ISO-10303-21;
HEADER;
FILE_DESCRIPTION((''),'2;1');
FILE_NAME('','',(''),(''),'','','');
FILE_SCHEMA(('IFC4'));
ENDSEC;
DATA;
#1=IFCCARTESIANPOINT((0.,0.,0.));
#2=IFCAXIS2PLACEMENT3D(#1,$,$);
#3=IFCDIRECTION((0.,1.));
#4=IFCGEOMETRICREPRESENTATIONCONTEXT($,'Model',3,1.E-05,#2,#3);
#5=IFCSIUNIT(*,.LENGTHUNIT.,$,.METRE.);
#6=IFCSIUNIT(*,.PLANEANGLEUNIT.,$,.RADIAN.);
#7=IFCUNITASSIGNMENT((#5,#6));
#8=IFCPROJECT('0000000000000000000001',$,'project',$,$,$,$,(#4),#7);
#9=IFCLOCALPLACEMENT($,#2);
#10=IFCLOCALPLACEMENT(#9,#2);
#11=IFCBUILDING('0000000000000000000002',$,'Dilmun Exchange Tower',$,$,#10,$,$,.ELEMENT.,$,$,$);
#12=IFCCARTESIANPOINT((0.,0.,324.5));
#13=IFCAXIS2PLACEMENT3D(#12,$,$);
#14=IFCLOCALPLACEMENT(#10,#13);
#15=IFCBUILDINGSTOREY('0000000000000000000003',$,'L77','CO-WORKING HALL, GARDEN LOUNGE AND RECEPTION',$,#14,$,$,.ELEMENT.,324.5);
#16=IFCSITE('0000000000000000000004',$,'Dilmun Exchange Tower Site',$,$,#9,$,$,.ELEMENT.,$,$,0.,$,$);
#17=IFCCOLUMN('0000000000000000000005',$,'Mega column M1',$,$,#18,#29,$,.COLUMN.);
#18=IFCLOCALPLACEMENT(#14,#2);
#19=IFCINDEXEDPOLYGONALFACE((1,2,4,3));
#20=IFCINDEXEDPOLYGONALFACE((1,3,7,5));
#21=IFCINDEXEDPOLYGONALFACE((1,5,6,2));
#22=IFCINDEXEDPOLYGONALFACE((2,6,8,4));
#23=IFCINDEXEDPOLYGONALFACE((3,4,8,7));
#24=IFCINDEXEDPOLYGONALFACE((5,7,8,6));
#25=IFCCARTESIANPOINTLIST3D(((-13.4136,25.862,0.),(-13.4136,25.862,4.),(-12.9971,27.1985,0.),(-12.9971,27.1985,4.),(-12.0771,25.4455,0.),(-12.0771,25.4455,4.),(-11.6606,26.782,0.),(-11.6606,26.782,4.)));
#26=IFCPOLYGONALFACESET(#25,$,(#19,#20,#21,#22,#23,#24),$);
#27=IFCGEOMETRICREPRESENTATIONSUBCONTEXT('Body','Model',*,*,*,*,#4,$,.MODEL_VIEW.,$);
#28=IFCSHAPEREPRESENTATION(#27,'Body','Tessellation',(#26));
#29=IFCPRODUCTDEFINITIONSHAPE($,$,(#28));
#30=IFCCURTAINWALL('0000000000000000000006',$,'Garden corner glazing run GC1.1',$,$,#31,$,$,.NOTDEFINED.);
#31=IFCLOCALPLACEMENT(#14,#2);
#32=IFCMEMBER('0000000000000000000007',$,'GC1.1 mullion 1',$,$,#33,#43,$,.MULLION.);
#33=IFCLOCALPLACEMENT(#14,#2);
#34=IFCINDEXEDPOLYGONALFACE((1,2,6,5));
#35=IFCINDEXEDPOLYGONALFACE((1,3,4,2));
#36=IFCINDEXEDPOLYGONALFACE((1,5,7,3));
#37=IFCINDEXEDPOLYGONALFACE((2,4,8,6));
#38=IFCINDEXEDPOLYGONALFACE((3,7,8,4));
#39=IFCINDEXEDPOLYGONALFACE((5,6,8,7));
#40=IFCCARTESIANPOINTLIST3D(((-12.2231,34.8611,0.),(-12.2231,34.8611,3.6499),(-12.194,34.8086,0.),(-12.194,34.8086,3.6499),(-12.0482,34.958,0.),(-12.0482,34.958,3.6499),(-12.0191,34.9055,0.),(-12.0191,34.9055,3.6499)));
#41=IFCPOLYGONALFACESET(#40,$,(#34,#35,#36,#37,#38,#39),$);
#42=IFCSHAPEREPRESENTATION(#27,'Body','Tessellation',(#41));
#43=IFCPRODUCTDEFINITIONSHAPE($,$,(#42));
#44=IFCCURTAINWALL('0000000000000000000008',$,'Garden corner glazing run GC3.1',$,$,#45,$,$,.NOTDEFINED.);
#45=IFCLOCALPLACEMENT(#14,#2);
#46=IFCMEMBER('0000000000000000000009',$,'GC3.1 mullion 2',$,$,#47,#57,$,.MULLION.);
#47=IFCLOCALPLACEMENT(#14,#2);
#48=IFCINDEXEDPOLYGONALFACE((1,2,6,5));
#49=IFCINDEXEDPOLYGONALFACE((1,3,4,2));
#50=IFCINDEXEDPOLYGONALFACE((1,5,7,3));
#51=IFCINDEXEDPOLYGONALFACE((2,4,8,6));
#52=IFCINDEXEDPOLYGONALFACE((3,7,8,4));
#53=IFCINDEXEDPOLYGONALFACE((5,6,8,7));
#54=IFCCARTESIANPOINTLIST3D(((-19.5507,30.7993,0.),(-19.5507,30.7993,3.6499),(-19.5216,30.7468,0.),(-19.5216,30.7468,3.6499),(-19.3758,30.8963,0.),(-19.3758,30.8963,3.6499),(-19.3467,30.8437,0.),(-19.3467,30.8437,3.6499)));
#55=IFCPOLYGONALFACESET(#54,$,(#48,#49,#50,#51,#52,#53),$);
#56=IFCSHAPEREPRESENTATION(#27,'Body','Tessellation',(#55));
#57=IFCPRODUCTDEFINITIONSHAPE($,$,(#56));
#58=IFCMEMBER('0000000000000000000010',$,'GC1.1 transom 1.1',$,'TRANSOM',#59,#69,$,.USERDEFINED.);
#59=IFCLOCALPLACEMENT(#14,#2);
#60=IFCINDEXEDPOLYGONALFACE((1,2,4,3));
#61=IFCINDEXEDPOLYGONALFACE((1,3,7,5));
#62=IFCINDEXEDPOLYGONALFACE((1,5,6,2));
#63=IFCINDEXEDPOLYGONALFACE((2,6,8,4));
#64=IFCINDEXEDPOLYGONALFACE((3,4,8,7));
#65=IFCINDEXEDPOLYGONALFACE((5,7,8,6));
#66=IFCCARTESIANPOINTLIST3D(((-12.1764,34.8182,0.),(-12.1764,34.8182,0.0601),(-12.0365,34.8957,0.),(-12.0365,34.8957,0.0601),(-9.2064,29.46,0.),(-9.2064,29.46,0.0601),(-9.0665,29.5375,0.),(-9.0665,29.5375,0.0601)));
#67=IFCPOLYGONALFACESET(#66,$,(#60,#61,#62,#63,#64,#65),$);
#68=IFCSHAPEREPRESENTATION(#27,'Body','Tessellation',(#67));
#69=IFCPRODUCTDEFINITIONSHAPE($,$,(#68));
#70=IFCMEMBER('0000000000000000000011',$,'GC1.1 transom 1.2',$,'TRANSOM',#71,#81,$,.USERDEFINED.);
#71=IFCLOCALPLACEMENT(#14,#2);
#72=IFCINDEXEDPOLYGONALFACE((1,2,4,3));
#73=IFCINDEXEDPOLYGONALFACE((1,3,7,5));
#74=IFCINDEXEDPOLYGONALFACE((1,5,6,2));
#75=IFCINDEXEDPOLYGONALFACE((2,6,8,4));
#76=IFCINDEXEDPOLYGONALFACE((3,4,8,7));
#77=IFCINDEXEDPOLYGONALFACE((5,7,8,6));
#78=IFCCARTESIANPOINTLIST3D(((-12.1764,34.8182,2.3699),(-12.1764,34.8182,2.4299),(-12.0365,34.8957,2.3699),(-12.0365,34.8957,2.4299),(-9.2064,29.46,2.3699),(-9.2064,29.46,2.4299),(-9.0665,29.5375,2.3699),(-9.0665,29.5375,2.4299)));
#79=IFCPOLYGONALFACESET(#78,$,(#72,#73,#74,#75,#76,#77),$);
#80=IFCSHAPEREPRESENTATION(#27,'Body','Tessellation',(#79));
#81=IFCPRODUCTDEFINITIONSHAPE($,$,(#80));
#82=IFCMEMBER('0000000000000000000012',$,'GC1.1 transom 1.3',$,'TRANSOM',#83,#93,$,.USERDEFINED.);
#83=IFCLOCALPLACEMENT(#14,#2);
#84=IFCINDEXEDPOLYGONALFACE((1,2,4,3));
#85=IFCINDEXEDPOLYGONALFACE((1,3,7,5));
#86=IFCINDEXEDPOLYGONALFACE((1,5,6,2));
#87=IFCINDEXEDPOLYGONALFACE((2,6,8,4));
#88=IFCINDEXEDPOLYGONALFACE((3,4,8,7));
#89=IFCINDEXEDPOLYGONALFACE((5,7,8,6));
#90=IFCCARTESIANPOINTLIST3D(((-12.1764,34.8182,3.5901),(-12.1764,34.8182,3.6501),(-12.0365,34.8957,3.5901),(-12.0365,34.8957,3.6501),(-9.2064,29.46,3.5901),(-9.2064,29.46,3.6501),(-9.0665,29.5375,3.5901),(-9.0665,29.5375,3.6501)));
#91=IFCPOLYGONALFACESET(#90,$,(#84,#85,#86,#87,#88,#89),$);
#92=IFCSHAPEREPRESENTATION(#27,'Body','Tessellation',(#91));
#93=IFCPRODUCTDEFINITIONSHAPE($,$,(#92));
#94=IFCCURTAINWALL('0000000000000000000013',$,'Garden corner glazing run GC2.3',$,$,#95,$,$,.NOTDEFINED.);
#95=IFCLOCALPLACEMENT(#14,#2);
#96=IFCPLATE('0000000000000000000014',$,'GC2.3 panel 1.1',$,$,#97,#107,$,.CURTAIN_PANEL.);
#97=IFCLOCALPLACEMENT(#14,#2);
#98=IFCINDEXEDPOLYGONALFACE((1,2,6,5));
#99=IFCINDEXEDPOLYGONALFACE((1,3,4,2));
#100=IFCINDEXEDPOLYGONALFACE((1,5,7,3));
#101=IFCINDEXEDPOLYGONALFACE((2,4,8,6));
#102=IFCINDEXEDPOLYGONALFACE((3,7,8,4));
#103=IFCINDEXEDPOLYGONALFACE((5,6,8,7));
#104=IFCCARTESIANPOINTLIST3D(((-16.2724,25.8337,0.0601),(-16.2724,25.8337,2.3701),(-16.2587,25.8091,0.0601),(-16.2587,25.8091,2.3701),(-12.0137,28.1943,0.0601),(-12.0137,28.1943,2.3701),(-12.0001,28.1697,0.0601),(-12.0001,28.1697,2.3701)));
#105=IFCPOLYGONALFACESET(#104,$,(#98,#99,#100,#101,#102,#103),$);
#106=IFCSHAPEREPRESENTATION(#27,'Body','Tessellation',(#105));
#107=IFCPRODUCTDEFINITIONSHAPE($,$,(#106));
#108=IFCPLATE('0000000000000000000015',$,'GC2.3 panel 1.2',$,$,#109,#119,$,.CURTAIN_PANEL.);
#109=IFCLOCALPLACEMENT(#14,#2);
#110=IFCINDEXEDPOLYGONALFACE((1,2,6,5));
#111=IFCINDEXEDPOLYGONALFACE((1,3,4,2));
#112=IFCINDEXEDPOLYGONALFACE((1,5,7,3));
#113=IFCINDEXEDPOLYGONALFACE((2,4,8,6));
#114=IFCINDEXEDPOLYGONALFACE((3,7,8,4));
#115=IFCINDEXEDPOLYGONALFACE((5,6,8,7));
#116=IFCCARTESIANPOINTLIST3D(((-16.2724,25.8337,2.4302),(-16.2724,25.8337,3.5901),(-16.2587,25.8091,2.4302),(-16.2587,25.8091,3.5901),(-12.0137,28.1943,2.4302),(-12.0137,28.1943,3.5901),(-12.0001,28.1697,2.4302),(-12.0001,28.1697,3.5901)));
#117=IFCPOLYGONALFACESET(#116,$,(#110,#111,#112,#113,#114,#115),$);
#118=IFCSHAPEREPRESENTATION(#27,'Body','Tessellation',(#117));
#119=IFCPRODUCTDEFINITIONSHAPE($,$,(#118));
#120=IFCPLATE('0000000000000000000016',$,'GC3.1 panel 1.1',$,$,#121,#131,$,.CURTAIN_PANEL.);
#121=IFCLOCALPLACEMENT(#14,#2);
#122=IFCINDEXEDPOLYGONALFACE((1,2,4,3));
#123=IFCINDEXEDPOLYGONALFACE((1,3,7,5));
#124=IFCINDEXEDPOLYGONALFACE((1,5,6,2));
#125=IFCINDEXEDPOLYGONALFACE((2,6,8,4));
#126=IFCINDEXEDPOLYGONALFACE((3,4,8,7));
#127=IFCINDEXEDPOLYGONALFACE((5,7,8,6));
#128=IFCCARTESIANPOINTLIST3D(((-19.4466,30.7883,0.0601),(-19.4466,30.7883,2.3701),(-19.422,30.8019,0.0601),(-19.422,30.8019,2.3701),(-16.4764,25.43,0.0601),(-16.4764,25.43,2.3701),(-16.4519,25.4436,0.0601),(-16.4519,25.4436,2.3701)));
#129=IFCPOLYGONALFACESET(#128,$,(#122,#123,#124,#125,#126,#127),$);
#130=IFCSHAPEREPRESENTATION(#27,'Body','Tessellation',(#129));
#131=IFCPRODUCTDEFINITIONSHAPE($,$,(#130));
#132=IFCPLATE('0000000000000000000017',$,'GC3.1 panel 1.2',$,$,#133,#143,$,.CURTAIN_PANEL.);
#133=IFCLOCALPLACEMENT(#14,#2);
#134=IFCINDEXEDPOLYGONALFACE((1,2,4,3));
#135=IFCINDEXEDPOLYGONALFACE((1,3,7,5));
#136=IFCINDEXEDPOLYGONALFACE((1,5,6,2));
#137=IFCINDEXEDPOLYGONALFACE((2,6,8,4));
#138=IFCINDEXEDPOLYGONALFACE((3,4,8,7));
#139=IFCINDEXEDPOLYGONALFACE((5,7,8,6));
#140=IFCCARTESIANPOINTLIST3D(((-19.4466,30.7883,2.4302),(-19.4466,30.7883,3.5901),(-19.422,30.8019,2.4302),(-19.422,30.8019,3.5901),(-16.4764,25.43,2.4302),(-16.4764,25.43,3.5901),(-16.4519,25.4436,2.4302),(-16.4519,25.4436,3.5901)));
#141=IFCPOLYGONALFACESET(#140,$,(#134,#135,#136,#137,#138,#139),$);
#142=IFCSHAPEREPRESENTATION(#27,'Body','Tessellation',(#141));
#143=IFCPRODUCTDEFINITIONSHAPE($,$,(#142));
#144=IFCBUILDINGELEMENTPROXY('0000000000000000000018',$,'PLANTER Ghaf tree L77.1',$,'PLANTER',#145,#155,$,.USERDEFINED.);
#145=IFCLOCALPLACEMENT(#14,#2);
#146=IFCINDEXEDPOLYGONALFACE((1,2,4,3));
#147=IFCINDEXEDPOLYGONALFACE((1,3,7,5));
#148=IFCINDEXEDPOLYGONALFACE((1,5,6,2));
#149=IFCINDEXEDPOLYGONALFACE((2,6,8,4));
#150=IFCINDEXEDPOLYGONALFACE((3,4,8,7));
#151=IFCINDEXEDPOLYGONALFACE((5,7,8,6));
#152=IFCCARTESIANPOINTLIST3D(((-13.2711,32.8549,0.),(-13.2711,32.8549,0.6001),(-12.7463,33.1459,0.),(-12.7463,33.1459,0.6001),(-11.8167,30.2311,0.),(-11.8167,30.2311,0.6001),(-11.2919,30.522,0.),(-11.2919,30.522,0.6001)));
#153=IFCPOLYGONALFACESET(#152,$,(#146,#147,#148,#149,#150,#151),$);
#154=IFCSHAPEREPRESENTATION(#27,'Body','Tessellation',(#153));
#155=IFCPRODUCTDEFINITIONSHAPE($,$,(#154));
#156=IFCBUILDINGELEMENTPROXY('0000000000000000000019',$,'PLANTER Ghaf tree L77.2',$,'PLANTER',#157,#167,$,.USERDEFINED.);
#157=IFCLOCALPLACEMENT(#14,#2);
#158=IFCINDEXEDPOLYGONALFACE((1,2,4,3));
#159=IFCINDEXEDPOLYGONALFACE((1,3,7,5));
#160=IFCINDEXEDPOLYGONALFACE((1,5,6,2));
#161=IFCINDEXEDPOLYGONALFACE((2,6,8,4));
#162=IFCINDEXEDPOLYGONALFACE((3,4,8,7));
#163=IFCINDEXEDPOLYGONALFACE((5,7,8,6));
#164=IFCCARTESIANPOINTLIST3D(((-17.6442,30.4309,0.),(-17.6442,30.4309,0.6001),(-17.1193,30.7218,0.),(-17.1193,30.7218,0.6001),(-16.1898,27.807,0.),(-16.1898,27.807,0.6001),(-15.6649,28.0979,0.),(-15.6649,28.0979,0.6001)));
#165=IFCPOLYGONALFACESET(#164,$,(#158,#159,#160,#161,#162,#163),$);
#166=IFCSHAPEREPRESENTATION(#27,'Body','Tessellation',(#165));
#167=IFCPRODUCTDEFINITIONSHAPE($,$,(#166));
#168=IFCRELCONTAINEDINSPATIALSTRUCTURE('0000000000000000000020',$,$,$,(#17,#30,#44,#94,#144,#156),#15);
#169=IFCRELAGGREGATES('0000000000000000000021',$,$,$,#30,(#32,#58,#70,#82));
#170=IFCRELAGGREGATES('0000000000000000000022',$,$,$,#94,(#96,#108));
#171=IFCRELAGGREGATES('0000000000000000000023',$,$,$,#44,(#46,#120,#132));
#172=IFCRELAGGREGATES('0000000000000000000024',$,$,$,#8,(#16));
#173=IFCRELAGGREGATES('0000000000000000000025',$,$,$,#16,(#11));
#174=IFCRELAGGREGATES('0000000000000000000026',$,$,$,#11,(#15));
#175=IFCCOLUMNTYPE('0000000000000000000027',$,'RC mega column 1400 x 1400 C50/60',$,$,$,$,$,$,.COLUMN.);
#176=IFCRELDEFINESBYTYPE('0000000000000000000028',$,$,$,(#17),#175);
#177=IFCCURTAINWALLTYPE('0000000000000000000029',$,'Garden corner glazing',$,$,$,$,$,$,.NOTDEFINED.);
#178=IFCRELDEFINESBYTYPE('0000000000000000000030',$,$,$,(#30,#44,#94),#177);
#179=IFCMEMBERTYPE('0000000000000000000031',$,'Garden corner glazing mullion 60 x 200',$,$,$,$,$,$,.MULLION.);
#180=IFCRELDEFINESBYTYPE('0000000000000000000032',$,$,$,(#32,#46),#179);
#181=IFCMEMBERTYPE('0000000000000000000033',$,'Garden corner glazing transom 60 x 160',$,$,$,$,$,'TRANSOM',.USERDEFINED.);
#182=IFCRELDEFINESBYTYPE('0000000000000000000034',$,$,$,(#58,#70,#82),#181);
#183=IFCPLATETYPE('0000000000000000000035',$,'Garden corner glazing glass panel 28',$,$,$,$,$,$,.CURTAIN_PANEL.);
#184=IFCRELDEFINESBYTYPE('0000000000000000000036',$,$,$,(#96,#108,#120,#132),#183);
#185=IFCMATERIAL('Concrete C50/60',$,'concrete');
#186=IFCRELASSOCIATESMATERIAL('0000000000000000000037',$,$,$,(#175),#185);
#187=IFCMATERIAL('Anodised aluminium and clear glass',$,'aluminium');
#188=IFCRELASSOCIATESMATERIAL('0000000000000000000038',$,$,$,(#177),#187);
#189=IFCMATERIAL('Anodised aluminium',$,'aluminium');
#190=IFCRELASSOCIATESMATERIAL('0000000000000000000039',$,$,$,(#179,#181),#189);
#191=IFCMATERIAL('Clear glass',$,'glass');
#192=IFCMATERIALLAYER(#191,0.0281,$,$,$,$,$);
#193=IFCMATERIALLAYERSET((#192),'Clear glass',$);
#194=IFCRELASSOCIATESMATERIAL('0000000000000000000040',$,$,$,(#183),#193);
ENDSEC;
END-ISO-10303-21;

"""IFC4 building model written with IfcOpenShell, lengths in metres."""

from ifc_helpers import new_model, si_unit, direction, frame, origin, origin_2d, place, context, subcontext, project, spatial, rectangle, extrude, material, layer, layer_set, material_profile, profile_set, type_object, element, aggregate, save


model = new_model("IFC4")

# Units and contexts
model_context = context("Model", 3, precision=1e-05, world=origin(), true_north=direction((0.0, 1.0)))
body_context = subcontext(model_context, "Body", "Model", "MODEL_VIEW")
ifc_project = project(units=[si_unit("LENGTHUNIT", "METRE"), si_unit("PLANEANGLEUNIT", "RADIAN")], contexts=[model_context])

# Site, building, storey
site_placement = place(None, origin())
site = spatial("IfcSite", under=ifc_project, at=site_placement, Name="Dilmun Exchange Tower Site", CompositionType="ELEMENT", RefElevation=0.0)
building_placement = place(site_placement, origin())
building = spatial("IfcBuilding", under=site, at=building_placement, Name="Dilmun Exchange Tower", CompositionType="ELEMENT")
storey_placement = place(building_placement, frame((0.0, 0.0, 324.5)))
storey = spatial("IfcBuildingStorey", under=building, at=storey_placement, Name="L77", Description="CO-WORKING HALL, GARDEN LOUNGE AND RECEPTION", CompositionType="ELEMENT", Elevation=324.5)

# Column
ifc_material_1 = material(Name="Concrete C50/60", Category="concrete")
ifc_material_profile_1 = material_profile(ifc_material_1, rectangle(XDim=1.3999, YDim=1.3999, at=origin_2d()), Name="1400 x 1400")
ifc_profile_set_1 = profile_set([ifc_material_profile_1], Name="Concrete C50/60")
column_type = type_object("IfcColumnType", Name="RC mega column 1400 x 1400 C50/60", PredefinedType="COLUMN", material=ifc_profile_set_1)
column_placement = place(storey_placement, frame((-12.5371, 26.322, 0.0), z_axis=(0.0, 0.0, 1.0), x_axis=(0.297503, 0.954721, 0.0)))
element("IfcColumn", 1, at=column_placement, inside=storey, type_object=column_type, Name="Mega column M1", PredefinedType="COLUMN", context=body_context, shape_type="SweptSolid", body=[
    extrude(rectangle(XDim=1.3999, YDim=1.3999, at=origin_2d()), origin(), (0.0, 0.0, 1.0), 4.0),
])

# Curtain walls, members
ifc_material_2 = material(Name="Anodised aluminium and clear glass", Category="aluminium")
curtain_wall_type = type_object("IfcCurtainWallType", Name="Garden corner glazing", PredefinedType="NOTDEFINED", material=ifc_material_2)
curtain_wall_1_placement = place(storey_placement, origin())
curtain_wall_1 = element("IfcCurtainWall", 2, at=curtain_wall_1_placement, inside=storey, type_object=curtain_wall_type, Name="Garden corner glazing run GC1.1", PredefinedType="NOTDEFINED")
ifc_material_3 = material(Name="Anodised aluminium", Category="aluminium")
ifc_material_profile_2 = material_profile(ifc_material_3, rectangle(XDim=0.2, YDim=0.0601, at=origin_2d()), Name="AL 60x200")
ifc_profile_set_2 = profile_set([ifc_material_profile_2], Name="Anodised aluminium")
member_type_1 = type_object("IfcMemberType", Name="Garden corner glazing mullion 60 x 200", PredefinedType="MULLION", material=ifc_profile_set_2)
member_1_placement = place(storey_placement, frame((-12.1211, 34.8833, 0.0), z_axis=(0.0, 0.0, 1.0), x_axis=(0.874624, 0.484803, 0.0)))
member_1 = element("IfcMember", 3, at=member_1_placement, type_object=member_type_1, Name="GC1.1 mullion 1", PredefinedType="MULLION", context=body_context, shape_type="SweptSolid", body=[
    extrude(rectangle(XDim=0.2, YDim=0.0601, at=origin_2d()), origin(), (0.0, 0.0, 1.0), 3.6499),
])
curtain_wall_2_placement = place(storey_placement, origin())
curtain_wall_2 = element("IfcCurtainWall", 4, at=curtain_wall_2_placement, inside=storey, type_object=curtain_wall_type, Name="Garden corner glazing run GC3.1", PredefinedType="NOTDEFINED")
member_2_placement = place(storey_placement, frame((-19.4487, 30.8215, 0.0), z_axis=(0.0, 0.0, 1.0), x_axis=(-0.874624, -0.484803, 0.0)))
member_2 = element("IfcMember", 5, at=member_2_placement, type_object=member_type_1, Name="GC3.1 mullion 2", PredefinedType="MULLION", context=body_context, shape_type="SweptSolid", body=[
    extrude(rectangle(XDim=0.2, YDim=0.0601, at=origin_2d()), origin(), (0.0, 0.0, 1.0), 3.6499),
])

# Members
ifc_material_profile_3 = material_profile(ifc_material_3, rectangle(XDim=0.1599, YDim=0.0601, at=origin_2d()), Name="AL 60x160")
ifc_profile_set_3 = profile_set([ifc_material_profile_3], Name="Anodised aluminium")
member_type_2 = type_object("IfcMemberType", Name="Garden corner glazing transom 60 x 160", ElementType="TRANSOM", PredefinedType="USERDEFINED", material=ifc_profile_set_3)
member_3_placement = place(storey_placement, frame((-12.1064, 34.8569, 0.03), z_axis=(0.484797, -0.874627, 0.0), x_axis=(0.874627, 0.484797, 0.0)))
member_3 = element("IfcMember", 6, at=member_3_placement, type_object=member_type_2, Name="GC1.1 transom 1.1", ObjectType="TRANSOM", PredefinedType="USERDEFINED", context=body_context, shape_type="SweptSolid", body=[
    extrude(rectangle(XDim=0.1599, YDim=0.0601, at=origin_2d()), origin(), (0.0, 0.0, 1.0), 6.1262),
])
member_4_placement = place(storey_placement, frame((-12.1064, 34.8569, 2.3999), z_axis=(0.484797, -0.874627, 0.0), x_axis=(0.874627, 0.484797, 0.0)))
member_4 = element("IfcMember", 7, at=member_4_placement, type_object=member_type_2, Name="GC1.1 transom 1.2", ObjectType="TRANSOM", PredefinedType="USERDEFINED", context=body_context, shape_type="SweptSolid", body=[
    extrude(rectangle(XDim=0.1599, YDim=0.0601, at=origin_2d()), origin(), (0.0, 0.0, 1.0), 6.1262),
])
member_5_placement = place(storey_placement, frame((-12.1064, 34.8569, 3.6201), z_axis=(0.484797, -0.874627, 0.0), x_axis=(0.874627, 0.484797, 0.0)))
member_5 = element("IfcMember", 8, at=member_5_placement, type_object=member_type_2, Name="GC1.1 transom 1.3", ObjectType="TRANSOM", PredefinedType="USERDEFINED", context=body_context, shape_type="SweptSolid", body=[
    extrude(rectangle(XDim=0.1599, YDim=0.0601, at=origin_2d()), origin(), (0.0, 0.0, 1.0), 6.1262),
])
aggregate(curtain_wall_1, [member_1, member_3, member_4, member_5])

# Curtain wall, plates
curtain_wall_3_placement = place(storey_placement, origin())
curtain_wall_3 = element("IfcCurtainWall", 9, at=curtain_wall_3_placement, inside=storey, type_object=curtain_wall_type, Name="Garden corner glazing run GC2.3", PredefinedType="NOTDEFINED")
ifc_material_4 = material(Name="Clear glass", Category="glass")
ifc_layer_1 = layer(ifc_material_4, 0.0281)
ifc_layer_set_1 = layer_set([ifc_layer_1], Name="Clear glass")
plate_type = type_object("IfcPlateType", Name="Garden corner glazing glass panel 28", PredefinedType="CURTAIN_PANEL", material=ifc_layer_set_1)
plate_1_placement = place(storey_placement, frame((-14.1362, 27.0017, 0.0601), z_axis=(0.0, 0.0, 1.0), x_axis=(-0.874618, -0.484812, 0.0)))
plate_1 = element("IfcPlate", 10, at=plate_1_placement, type_object=plate_type, Name="GC2.3 panel 1.1", PredefinedType="CURTAIN_PANEL", context=body_context, shape_type="SweptSolid", body=[
    extrude(rectangle(XDim=4.8691, YDim=0.0281, at=origin_2d()), origin(), (0.0, 0.0, 1.0), 2.3101),
])
plate_2_placement = place(storey_placement, frame((-14.1362, 27.0017, 2.4302), z_axis=(0.0, 0.0, 1.0), x_axis=(-0.874618, -0.484812, 0.0)))
plate_2 = element("IfcPlate", 11, at=plate_2_placement, type_object=plate_type, Name="GC2.3 panel 1.2", PredefinedType="CURTAIN_PANEL", context=body_context, shape_type="SweptSolid", body=[
    extrude(rectangle(XDim=4.8691, YDim=0.0281, at=origin_2d()), origin(), (0.0, 0.0, 1.0), 1.1599),
])
aggregate(curtain_wall_3, [plate_1, plate_2])

# Plates
plate_3_placement = place(storey_placement, frame((-17.9492, 28.116, 0.0601), z_axis=(0.0, 0.0, 1.0), x_axis=(-0.484803, 0.874624, 0.0)))
plate_3 = element("IfcPlate", 12, at=plate_3_placement, type_object=plate_type, Name="GC3.1 panel 1.1", PredefinedType="CURTAIN_PANEL", context=body_context, shape_type="SweptSolid", body=[
    extrude(rectangle(XDim=6.1265, YDim=0.0281, at=origin_2d()), origin(), (0.0, 0.0, 1.0), 2.3101),
])
plate_4_placement = place(storey_placement, frame((-17.9492, 28.116, 2.4302), z_axis=(0.0, 0.0, 1.0), x_axis=(-0.484803, 0.874624, 0.0)))
plate_4 = element("IfcPlate", 13, at=plate_4_placement, type_object=plate_type, Name="GC3.1 panel 1.2", PredefinedType="CURTAIN_PANEL", context=body_context, shape_type="SweptSolid", body=[
    extrude(rectangle(XDim=6.1265, YDim=0.0281, at=origin_2d()), origin(), (0.0, 0.0, 1.0), 1.1599),
])
aggregate(curtain_wall_2, [member_2, plate_3, plate_4])

# Building element proxies
for number, where, z_axis, x_axis, name in (
    (14, (-12.2815, 31.6885, 0.0), (0.0, 0.0, 1.0), (-0.48481, 0.87462, 0.0), "PLANTER Ghaf tree L77.1"),
    (15, (-16.6545, 29.2644, 0.0), (0.0, 0.0, 1.0), (-0.48481, 0.87462, 0.0), "PLANTER Ghaf tree L77.2"),
):
    element("IfcBuildingElementProxy", number, at=place(storey_placement, frame(where, z_axis=z_axis, x_axis=x_axis)), inside=storey, Name=name, ObjectType="PLANTER", PredefinedType="USERDEFINED", context=body_context, shape_type="SweptSolid", body=[
        extrude(rectangle(XDim=3.0, YDim=0.6001, at=origin_2d()), origin(), (0.0, 0.0, 1.0), 0.6001),
    ])

save(model, "model.ifc")
